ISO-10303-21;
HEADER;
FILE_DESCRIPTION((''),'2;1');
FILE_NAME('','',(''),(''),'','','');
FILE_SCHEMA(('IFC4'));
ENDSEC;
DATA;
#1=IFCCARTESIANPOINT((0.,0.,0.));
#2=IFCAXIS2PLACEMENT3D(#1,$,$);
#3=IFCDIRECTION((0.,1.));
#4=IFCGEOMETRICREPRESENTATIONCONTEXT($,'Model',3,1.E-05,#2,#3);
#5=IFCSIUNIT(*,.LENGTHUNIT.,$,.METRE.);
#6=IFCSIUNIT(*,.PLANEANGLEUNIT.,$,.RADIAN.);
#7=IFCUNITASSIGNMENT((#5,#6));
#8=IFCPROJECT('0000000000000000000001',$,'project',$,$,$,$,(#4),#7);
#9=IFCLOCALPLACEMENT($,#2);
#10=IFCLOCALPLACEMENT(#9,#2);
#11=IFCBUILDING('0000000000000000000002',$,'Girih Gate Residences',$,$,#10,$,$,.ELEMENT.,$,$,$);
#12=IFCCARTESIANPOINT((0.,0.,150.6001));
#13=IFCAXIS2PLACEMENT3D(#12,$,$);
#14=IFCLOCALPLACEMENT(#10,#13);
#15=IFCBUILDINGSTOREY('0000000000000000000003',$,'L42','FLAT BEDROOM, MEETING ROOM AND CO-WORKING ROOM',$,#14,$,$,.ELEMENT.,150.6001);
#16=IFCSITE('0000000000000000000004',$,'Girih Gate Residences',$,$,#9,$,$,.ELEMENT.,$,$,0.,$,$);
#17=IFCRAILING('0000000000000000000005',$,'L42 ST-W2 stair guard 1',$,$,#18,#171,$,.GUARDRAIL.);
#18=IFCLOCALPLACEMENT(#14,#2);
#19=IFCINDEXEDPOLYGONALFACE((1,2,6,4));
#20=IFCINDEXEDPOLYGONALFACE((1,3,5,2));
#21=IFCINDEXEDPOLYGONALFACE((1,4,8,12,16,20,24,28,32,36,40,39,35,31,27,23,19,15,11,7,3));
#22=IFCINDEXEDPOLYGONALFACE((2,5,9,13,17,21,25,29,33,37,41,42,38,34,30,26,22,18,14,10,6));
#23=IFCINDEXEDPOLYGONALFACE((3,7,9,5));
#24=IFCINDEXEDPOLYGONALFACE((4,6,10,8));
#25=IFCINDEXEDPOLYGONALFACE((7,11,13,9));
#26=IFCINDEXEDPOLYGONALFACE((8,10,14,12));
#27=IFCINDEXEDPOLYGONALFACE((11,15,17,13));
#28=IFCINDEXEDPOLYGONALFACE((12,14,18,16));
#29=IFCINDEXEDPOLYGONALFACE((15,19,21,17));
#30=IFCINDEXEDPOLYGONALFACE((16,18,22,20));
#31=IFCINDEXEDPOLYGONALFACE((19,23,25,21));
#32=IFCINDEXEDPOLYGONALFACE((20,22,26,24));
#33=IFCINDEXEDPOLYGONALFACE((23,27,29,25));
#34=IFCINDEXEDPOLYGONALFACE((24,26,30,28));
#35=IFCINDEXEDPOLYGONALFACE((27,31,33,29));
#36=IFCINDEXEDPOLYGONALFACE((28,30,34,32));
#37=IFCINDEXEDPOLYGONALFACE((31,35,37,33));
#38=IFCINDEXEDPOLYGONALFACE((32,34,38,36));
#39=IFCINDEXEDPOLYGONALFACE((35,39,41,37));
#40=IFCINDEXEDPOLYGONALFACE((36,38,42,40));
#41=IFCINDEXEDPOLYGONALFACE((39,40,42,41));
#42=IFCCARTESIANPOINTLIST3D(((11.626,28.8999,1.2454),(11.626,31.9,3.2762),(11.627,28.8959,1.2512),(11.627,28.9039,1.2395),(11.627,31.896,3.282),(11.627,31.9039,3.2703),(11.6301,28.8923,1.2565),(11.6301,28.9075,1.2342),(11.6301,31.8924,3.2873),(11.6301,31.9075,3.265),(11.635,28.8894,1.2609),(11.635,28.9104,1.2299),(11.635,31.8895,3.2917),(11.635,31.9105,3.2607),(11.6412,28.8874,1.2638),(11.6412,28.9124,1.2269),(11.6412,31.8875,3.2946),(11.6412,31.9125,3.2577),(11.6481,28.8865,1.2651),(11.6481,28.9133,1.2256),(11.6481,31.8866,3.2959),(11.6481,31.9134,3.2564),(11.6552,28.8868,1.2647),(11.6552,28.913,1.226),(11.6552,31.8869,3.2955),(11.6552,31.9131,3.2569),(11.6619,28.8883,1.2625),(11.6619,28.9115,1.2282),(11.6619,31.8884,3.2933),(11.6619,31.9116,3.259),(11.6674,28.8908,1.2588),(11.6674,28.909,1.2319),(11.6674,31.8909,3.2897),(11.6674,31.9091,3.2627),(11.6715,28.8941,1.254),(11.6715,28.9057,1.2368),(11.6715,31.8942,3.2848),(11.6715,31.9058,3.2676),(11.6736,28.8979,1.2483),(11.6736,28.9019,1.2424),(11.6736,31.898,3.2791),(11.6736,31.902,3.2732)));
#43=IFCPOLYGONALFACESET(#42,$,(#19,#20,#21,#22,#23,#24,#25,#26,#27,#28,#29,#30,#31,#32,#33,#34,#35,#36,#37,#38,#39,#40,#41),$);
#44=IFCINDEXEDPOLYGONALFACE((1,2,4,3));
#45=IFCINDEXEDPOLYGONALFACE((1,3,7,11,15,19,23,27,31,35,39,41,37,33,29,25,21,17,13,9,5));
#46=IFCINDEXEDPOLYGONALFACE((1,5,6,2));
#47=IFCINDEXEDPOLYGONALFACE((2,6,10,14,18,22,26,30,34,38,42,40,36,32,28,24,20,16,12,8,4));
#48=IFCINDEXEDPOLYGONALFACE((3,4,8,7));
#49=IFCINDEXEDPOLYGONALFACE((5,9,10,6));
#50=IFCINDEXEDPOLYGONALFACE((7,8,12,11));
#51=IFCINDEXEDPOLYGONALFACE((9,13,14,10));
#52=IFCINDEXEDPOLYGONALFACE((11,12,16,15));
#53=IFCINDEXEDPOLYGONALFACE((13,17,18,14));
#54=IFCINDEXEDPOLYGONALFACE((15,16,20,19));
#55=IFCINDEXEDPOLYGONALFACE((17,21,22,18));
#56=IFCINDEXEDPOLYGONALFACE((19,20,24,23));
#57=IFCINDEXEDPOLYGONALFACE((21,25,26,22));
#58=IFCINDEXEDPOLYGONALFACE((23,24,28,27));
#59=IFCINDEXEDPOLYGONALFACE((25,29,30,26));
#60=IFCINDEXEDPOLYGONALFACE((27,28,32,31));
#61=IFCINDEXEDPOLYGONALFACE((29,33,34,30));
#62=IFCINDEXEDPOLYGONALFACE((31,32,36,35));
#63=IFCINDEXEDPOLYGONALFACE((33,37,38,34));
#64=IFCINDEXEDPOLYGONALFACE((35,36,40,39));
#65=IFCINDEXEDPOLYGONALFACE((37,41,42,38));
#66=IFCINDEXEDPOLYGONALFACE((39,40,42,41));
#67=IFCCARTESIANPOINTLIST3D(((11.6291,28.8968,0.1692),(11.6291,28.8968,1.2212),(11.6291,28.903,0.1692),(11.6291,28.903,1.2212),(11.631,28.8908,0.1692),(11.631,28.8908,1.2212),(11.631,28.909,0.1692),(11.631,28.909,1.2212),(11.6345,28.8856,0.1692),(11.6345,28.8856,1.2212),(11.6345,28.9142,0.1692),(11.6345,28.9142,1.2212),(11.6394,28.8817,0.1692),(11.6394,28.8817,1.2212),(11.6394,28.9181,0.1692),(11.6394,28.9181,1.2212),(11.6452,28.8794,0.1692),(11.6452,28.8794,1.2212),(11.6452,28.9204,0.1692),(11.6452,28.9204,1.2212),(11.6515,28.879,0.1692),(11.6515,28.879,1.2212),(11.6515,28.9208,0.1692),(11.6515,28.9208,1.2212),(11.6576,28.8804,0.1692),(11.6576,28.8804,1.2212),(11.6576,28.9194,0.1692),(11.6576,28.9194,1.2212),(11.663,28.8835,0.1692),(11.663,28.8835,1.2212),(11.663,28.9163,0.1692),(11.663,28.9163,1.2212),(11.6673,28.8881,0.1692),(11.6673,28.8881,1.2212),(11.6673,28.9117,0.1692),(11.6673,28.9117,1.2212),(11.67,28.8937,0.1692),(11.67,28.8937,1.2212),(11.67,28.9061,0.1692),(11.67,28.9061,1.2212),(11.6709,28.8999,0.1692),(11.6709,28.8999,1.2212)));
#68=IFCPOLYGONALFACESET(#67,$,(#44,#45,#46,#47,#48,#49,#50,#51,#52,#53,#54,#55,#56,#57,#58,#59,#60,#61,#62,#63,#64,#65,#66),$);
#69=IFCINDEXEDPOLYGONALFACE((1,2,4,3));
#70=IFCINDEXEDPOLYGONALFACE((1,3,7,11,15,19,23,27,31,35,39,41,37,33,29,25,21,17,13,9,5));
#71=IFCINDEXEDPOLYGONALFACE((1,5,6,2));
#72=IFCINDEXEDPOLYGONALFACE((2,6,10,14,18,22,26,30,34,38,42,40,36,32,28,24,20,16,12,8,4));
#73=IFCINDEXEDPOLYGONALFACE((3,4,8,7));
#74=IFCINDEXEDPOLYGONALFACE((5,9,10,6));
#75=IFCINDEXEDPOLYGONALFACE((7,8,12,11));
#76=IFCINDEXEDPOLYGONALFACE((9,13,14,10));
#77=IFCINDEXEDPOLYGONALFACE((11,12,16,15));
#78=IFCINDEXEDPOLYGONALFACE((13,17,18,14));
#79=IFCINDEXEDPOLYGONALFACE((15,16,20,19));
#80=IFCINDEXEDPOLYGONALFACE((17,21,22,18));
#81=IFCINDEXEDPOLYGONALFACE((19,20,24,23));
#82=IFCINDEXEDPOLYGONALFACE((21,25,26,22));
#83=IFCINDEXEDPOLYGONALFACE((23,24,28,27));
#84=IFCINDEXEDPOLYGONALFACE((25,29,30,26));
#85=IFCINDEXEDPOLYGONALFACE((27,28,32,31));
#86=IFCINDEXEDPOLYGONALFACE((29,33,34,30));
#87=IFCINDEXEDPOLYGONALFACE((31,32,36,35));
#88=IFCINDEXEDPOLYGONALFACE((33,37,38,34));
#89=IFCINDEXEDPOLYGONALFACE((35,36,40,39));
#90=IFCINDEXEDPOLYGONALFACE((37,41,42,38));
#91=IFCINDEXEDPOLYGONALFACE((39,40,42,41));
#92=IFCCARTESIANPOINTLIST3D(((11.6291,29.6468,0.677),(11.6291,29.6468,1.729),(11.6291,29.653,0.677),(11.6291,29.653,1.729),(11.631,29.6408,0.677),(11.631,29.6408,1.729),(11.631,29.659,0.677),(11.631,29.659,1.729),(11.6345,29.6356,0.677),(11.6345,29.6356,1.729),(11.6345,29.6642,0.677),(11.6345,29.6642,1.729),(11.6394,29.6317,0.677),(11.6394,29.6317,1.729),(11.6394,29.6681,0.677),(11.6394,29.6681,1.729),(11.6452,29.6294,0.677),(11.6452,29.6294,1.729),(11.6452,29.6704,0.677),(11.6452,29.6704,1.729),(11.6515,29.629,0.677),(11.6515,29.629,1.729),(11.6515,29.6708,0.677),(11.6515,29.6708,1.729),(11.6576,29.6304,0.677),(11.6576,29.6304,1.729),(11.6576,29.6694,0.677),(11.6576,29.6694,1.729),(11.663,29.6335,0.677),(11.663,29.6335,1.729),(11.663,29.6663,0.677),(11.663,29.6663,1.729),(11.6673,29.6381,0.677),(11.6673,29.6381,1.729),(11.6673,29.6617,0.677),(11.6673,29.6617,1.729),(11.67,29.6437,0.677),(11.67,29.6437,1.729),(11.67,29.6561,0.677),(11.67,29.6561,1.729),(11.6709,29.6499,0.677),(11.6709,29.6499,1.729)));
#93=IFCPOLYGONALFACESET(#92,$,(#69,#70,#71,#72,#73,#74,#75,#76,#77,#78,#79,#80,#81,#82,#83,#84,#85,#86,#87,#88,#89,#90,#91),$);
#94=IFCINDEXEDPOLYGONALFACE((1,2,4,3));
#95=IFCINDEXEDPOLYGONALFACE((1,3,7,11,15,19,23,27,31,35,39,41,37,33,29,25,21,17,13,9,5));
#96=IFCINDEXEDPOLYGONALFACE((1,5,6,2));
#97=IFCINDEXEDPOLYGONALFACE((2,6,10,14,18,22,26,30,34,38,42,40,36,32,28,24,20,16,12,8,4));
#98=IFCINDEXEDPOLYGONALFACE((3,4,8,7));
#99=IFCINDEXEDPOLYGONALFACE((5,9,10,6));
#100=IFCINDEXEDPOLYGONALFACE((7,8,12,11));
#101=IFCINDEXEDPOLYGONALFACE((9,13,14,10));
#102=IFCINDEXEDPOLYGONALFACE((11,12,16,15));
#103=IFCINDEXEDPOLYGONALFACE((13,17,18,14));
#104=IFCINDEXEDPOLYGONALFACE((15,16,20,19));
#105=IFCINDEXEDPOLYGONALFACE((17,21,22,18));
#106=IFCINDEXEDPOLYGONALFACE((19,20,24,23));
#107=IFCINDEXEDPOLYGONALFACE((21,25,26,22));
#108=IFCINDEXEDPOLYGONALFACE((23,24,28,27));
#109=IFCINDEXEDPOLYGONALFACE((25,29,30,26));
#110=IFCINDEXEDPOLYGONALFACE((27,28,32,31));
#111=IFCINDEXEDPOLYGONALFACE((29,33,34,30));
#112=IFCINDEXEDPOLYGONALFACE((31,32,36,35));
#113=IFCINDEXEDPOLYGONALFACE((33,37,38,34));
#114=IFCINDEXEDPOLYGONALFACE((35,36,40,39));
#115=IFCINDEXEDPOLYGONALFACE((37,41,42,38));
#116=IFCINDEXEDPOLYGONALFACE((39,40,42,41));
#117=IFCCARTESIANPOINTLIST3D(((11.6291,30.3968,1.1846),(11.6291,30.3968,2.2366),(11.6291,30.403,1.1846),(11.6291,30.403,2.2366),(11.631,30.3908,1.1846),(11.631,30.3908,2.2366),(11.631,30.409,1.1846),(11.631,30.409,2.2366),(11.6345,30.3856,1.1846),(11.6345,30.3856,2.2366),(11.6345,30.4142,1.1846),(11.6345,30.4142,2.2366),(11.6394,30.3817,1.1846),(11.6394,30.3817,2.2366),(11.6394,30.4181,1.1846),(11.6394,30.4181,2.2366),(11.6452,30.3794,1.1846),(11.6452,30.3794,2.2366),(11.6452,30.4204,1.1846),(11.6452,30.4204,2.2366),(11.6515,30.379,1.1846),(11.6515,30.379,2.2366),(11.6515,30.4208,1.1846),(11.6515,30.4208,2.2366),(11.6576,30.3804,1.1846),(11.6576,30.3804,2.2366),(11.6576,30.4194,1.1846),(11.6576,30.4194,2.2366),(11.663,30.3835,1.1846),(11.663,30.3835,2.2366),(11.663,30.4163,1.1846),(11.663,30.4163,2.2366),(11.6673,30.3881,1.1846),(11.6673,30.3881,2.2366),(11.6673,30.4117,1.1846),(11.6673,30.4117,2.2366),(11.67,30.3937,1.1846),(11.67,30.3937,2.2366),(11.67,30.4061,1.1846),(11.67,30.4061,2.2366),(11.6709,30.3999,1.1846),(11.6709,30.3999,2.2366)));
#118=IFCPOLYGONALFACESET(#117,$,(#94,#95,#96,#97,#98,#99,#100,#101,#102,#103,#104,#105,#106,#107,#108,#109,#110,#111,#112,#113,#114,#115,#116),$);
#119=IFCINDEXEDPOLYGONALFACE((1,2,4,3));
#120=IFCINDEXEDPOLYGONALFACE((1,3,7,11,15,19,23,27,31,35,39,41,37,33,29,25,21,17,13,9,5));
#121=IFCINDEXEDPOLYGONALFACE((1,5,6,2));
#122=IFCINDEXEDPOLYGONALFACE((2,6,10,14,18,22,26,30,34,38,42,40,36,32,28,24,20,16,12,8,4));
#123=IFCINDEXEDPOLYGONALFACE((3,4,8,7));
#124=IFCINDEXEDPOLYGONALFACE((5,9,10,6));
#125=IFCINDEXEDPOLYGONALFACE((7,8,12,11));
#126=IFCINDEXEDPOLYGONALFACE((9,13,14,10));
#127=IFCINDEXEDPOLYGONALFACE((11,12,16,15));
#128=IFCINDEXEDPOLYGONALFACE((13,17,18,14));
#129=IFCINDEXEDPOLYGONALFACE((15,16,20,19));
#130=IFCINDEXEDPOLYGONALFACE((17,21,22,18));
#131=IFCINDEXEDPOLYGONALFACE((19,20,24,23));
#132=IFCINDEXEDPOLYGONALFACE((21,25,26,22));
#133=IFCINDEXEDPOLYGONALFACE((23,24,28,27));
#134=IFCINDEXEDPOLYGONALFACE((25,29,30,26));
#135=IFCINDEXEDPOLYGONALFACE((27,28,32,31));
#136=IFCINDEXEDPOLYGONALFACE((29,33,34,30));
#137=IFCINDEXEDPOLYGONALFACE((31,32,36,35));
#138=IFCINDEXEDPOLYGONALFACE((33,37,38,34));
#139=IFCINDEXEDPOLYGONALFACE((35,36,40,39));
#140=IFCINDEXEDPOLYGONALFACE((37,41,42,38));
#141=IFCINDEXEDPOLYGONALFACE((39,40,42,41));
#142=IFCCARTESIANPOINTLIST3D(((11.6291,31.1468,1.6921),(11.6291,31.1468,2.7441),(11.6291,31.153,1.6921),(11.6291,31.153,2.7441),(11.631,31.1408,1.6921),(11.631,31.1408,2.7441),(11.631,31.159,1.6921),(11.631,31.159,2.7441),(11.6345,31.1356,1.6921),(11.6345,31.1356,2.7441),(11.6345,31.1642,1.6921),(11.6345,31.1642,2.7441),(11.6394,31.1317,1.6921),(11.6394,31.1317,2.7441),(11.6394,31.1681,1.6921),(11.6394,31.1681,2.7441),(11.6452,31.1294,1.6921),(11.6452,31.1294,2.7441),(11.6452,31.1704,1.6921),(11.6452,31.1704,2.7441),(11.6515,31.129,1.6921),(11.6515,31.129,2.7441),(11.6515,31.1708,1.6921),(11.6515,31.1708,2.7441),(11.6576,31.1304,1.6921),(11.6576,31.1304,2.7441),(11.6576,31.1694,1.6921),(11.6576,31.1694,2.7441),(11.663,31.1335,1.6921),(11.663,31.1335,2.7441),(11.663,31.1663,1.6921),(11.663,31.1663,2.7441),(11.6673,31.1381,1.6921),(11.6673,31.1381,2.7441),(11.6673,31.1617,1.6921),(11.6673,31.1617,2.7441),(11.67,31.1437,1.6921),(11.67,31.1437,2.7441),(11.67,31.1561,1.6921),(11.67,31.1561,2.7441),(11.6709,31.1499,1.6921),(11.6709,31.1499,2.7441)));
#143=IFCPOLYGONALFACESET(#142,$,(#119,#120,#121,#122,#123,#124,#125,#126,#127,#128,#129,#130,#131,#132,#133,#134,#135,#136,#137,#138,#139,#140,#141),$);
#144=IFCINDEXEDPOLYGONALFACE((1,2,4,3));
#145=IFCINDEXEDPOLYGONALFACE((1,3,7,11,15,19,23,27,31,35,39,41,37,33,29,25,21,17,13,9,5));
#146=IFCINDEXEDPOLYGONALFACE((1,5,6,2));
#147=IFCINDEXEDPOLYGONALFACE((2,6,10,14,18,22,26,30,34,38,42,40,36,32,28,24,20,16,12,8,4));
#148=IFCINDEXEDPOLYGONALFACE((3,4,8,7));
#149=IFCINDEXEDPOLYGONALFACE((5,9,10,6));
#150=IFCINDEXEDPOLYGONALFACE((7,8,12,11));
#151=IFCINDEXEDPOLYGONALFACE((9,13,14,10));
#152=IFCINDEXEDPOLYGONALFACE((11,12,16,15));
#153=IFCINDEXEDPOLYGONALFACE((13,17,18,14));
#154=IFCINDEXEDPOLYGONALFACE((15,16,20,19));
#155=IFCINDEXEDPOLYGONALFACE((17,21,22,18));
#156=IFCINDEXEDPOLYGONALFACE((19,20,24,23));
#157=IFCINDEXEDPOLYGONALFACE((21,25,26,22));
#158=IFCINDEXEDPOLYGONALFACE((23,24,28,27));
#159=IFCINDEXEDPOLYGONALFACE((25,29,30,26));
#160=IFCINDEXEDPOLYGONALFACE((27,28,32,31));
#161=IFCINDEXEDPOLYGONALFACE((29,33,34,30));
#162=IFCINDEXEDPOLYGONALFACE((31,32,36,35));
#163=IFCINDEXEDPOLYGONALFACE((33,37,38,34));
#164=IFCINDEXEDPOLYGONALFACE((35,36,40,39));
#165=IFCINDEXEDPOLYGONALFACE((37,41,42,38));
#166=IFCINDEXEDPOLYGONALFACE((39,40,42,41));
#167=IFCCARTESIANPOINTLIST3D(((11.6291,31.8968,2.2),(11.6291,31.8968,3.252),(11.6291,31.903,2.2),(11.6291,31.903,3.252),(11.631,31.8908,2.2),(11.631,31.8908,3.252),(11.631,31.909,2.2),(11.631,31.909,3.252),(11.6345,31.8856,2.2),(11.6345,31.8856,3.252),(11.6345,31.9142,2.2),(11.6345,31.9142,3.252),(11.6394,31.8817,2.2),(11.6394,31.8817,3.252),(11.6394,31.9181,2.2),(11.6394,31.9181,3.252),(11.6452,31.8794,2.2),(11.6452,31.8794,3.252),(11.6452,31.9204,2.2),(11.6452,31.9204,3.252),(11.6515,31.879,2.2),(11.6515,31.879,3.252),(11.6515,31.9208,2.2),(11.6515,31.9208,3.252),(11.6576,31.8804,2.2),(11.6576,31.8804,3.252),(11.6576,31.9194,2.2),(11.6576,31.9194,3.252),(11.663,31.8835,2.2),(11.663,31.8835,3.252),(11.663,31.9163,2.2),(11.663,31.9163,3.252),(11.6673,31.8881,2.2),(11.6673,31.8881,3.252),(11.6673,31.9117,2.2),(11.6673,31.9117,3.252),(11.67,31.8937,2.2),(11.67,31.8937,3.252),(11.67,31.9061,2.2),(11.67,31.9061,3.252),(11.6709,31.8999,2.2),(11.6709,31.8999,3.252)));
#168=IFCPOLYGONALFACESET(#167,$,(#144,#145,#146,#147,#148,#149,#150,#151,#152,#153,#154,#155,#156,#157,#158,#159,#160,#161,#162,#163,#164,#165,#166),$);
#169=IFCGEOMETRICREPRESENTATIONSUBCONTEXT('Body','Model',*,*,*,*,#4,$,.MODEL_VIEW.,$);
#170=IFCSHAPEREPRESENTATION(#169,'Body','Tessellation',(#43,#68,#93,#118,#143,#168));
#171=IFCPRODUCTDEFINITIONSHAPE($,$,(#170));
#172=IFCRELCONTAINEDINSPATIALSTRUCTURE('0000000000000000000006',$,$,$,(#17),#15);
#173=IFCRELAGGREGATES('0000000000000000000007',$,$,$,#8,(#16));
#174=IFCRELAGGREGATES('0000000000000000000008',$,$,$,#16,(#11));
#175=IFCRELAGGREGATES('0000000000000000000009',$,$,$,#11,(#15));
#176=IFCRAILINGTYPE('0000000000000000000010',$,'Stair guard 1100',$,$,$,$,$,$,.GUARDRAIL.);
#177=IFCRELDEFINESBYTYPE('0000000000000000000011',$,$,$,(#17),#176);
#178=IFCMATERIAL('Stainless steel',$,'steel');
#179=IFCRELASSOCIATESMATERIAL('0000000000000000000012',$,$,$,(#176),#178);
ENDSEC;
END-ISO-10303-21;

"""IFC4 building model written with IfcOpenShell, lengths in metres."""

from ifc_helpers import new_model, si_unit, direction, frame, origin, origin_2d, place, context, subcontext, project, spatial, circle, extrude, material, type_object, element, save


model = new_model("IFC4")

# Units and contexts
model_context = context("Model", 3, precision=1e-05, world=origin(), true_north=direction((0.0, 1.0)))
body_context = subcontext(model_context, "Body", "Model", "MODEL_VIEW")
ifc_project = project(units=[si_unit("LENGTHUNIT", "METRE"), si_unit("PLANEANGLEUNIT", "RADIAN")], contexts=[model_context])

# Site, building, storey
site_placement = place(None, origin())
site = spatial("IfcSite", under=ifc_project, at=site_placement, Name="Girih Gate Residences", CompositionType="ELEMENT", RefElevation=0.0)
building_placement = place(site_placement, origin())
building = spatial("IfcBuilding", under=site, at=building_placement, Name="Girih Gate Residences", CompositionType="ELEMENT")
storey_placement = place(building_placement, frame((0.0, 0.0, 150.6001)))
storey = spatial("IfcBuildingStorey", under=building, at=storey_placement, Name="L42", Description="FLAT BEDROOM, MEETING ROOM AND CO-WORKING ROOM", CompositionType="ELEMENT", Elevation=150.6001)

# Railing
ifc_material_1 = material(Name="Stainless steel", Category="steel")
railing_type_1 = type_object("IfcRailingType", Name="Stair guard 1100", PredefinedType="GUARDRAIL", material=ifc_material_1)
railing_1_placement = place(storey_placement, frame((11.6499, 28.8999, 0.1692)))
element("IfcRailing", 1, at=railing_1_placement, inside=storey, type_object=railing_type_1, Name="L42 ST-W2 stair guard 1", PredefinedType="GUARDRAIL", context=body_context, shape_type="SweptSolid", body=[
    extrude(circle(Radius=0.0239, at=origin_2d()), frame((0.0, 0.0, 1.0762), z_axis=(0.0, 0.82811, 0.560565), x_axis=(-1.0, 0.0, 0.0)), (0.0, 0.0, 1.0), 3.6228),
    extrude(circle(Radius=0.021, at=origin_2d()), origin(), (0.0, 0.0, 1.0), 1.052),
    extrude(circle(Radius=0.021, at=origin_2d()), frame((0.0, 0.75, 0.5078)), (0.0, 0.0, 1.0), 1.052),
    extrude(circle(Radius=0.021, at=origin_2d()), frame((0.0, 1.5, 1.0154)), (0.0, 0.0, 1.0), 1.052),
    extrude(circle(Radius=0.021, at=origin_2d()), frame((0.0, 2.25, 1.5229)), (0.0, 0.0, 1.0), 1.052),
    extrude(circle(Radius=0.021, at=origin_2d()), frame((0.0, 3.0, 2.0308)), (0.0, 0.0, 1.0), 1.052),
])

save(model, "model.ifc")
